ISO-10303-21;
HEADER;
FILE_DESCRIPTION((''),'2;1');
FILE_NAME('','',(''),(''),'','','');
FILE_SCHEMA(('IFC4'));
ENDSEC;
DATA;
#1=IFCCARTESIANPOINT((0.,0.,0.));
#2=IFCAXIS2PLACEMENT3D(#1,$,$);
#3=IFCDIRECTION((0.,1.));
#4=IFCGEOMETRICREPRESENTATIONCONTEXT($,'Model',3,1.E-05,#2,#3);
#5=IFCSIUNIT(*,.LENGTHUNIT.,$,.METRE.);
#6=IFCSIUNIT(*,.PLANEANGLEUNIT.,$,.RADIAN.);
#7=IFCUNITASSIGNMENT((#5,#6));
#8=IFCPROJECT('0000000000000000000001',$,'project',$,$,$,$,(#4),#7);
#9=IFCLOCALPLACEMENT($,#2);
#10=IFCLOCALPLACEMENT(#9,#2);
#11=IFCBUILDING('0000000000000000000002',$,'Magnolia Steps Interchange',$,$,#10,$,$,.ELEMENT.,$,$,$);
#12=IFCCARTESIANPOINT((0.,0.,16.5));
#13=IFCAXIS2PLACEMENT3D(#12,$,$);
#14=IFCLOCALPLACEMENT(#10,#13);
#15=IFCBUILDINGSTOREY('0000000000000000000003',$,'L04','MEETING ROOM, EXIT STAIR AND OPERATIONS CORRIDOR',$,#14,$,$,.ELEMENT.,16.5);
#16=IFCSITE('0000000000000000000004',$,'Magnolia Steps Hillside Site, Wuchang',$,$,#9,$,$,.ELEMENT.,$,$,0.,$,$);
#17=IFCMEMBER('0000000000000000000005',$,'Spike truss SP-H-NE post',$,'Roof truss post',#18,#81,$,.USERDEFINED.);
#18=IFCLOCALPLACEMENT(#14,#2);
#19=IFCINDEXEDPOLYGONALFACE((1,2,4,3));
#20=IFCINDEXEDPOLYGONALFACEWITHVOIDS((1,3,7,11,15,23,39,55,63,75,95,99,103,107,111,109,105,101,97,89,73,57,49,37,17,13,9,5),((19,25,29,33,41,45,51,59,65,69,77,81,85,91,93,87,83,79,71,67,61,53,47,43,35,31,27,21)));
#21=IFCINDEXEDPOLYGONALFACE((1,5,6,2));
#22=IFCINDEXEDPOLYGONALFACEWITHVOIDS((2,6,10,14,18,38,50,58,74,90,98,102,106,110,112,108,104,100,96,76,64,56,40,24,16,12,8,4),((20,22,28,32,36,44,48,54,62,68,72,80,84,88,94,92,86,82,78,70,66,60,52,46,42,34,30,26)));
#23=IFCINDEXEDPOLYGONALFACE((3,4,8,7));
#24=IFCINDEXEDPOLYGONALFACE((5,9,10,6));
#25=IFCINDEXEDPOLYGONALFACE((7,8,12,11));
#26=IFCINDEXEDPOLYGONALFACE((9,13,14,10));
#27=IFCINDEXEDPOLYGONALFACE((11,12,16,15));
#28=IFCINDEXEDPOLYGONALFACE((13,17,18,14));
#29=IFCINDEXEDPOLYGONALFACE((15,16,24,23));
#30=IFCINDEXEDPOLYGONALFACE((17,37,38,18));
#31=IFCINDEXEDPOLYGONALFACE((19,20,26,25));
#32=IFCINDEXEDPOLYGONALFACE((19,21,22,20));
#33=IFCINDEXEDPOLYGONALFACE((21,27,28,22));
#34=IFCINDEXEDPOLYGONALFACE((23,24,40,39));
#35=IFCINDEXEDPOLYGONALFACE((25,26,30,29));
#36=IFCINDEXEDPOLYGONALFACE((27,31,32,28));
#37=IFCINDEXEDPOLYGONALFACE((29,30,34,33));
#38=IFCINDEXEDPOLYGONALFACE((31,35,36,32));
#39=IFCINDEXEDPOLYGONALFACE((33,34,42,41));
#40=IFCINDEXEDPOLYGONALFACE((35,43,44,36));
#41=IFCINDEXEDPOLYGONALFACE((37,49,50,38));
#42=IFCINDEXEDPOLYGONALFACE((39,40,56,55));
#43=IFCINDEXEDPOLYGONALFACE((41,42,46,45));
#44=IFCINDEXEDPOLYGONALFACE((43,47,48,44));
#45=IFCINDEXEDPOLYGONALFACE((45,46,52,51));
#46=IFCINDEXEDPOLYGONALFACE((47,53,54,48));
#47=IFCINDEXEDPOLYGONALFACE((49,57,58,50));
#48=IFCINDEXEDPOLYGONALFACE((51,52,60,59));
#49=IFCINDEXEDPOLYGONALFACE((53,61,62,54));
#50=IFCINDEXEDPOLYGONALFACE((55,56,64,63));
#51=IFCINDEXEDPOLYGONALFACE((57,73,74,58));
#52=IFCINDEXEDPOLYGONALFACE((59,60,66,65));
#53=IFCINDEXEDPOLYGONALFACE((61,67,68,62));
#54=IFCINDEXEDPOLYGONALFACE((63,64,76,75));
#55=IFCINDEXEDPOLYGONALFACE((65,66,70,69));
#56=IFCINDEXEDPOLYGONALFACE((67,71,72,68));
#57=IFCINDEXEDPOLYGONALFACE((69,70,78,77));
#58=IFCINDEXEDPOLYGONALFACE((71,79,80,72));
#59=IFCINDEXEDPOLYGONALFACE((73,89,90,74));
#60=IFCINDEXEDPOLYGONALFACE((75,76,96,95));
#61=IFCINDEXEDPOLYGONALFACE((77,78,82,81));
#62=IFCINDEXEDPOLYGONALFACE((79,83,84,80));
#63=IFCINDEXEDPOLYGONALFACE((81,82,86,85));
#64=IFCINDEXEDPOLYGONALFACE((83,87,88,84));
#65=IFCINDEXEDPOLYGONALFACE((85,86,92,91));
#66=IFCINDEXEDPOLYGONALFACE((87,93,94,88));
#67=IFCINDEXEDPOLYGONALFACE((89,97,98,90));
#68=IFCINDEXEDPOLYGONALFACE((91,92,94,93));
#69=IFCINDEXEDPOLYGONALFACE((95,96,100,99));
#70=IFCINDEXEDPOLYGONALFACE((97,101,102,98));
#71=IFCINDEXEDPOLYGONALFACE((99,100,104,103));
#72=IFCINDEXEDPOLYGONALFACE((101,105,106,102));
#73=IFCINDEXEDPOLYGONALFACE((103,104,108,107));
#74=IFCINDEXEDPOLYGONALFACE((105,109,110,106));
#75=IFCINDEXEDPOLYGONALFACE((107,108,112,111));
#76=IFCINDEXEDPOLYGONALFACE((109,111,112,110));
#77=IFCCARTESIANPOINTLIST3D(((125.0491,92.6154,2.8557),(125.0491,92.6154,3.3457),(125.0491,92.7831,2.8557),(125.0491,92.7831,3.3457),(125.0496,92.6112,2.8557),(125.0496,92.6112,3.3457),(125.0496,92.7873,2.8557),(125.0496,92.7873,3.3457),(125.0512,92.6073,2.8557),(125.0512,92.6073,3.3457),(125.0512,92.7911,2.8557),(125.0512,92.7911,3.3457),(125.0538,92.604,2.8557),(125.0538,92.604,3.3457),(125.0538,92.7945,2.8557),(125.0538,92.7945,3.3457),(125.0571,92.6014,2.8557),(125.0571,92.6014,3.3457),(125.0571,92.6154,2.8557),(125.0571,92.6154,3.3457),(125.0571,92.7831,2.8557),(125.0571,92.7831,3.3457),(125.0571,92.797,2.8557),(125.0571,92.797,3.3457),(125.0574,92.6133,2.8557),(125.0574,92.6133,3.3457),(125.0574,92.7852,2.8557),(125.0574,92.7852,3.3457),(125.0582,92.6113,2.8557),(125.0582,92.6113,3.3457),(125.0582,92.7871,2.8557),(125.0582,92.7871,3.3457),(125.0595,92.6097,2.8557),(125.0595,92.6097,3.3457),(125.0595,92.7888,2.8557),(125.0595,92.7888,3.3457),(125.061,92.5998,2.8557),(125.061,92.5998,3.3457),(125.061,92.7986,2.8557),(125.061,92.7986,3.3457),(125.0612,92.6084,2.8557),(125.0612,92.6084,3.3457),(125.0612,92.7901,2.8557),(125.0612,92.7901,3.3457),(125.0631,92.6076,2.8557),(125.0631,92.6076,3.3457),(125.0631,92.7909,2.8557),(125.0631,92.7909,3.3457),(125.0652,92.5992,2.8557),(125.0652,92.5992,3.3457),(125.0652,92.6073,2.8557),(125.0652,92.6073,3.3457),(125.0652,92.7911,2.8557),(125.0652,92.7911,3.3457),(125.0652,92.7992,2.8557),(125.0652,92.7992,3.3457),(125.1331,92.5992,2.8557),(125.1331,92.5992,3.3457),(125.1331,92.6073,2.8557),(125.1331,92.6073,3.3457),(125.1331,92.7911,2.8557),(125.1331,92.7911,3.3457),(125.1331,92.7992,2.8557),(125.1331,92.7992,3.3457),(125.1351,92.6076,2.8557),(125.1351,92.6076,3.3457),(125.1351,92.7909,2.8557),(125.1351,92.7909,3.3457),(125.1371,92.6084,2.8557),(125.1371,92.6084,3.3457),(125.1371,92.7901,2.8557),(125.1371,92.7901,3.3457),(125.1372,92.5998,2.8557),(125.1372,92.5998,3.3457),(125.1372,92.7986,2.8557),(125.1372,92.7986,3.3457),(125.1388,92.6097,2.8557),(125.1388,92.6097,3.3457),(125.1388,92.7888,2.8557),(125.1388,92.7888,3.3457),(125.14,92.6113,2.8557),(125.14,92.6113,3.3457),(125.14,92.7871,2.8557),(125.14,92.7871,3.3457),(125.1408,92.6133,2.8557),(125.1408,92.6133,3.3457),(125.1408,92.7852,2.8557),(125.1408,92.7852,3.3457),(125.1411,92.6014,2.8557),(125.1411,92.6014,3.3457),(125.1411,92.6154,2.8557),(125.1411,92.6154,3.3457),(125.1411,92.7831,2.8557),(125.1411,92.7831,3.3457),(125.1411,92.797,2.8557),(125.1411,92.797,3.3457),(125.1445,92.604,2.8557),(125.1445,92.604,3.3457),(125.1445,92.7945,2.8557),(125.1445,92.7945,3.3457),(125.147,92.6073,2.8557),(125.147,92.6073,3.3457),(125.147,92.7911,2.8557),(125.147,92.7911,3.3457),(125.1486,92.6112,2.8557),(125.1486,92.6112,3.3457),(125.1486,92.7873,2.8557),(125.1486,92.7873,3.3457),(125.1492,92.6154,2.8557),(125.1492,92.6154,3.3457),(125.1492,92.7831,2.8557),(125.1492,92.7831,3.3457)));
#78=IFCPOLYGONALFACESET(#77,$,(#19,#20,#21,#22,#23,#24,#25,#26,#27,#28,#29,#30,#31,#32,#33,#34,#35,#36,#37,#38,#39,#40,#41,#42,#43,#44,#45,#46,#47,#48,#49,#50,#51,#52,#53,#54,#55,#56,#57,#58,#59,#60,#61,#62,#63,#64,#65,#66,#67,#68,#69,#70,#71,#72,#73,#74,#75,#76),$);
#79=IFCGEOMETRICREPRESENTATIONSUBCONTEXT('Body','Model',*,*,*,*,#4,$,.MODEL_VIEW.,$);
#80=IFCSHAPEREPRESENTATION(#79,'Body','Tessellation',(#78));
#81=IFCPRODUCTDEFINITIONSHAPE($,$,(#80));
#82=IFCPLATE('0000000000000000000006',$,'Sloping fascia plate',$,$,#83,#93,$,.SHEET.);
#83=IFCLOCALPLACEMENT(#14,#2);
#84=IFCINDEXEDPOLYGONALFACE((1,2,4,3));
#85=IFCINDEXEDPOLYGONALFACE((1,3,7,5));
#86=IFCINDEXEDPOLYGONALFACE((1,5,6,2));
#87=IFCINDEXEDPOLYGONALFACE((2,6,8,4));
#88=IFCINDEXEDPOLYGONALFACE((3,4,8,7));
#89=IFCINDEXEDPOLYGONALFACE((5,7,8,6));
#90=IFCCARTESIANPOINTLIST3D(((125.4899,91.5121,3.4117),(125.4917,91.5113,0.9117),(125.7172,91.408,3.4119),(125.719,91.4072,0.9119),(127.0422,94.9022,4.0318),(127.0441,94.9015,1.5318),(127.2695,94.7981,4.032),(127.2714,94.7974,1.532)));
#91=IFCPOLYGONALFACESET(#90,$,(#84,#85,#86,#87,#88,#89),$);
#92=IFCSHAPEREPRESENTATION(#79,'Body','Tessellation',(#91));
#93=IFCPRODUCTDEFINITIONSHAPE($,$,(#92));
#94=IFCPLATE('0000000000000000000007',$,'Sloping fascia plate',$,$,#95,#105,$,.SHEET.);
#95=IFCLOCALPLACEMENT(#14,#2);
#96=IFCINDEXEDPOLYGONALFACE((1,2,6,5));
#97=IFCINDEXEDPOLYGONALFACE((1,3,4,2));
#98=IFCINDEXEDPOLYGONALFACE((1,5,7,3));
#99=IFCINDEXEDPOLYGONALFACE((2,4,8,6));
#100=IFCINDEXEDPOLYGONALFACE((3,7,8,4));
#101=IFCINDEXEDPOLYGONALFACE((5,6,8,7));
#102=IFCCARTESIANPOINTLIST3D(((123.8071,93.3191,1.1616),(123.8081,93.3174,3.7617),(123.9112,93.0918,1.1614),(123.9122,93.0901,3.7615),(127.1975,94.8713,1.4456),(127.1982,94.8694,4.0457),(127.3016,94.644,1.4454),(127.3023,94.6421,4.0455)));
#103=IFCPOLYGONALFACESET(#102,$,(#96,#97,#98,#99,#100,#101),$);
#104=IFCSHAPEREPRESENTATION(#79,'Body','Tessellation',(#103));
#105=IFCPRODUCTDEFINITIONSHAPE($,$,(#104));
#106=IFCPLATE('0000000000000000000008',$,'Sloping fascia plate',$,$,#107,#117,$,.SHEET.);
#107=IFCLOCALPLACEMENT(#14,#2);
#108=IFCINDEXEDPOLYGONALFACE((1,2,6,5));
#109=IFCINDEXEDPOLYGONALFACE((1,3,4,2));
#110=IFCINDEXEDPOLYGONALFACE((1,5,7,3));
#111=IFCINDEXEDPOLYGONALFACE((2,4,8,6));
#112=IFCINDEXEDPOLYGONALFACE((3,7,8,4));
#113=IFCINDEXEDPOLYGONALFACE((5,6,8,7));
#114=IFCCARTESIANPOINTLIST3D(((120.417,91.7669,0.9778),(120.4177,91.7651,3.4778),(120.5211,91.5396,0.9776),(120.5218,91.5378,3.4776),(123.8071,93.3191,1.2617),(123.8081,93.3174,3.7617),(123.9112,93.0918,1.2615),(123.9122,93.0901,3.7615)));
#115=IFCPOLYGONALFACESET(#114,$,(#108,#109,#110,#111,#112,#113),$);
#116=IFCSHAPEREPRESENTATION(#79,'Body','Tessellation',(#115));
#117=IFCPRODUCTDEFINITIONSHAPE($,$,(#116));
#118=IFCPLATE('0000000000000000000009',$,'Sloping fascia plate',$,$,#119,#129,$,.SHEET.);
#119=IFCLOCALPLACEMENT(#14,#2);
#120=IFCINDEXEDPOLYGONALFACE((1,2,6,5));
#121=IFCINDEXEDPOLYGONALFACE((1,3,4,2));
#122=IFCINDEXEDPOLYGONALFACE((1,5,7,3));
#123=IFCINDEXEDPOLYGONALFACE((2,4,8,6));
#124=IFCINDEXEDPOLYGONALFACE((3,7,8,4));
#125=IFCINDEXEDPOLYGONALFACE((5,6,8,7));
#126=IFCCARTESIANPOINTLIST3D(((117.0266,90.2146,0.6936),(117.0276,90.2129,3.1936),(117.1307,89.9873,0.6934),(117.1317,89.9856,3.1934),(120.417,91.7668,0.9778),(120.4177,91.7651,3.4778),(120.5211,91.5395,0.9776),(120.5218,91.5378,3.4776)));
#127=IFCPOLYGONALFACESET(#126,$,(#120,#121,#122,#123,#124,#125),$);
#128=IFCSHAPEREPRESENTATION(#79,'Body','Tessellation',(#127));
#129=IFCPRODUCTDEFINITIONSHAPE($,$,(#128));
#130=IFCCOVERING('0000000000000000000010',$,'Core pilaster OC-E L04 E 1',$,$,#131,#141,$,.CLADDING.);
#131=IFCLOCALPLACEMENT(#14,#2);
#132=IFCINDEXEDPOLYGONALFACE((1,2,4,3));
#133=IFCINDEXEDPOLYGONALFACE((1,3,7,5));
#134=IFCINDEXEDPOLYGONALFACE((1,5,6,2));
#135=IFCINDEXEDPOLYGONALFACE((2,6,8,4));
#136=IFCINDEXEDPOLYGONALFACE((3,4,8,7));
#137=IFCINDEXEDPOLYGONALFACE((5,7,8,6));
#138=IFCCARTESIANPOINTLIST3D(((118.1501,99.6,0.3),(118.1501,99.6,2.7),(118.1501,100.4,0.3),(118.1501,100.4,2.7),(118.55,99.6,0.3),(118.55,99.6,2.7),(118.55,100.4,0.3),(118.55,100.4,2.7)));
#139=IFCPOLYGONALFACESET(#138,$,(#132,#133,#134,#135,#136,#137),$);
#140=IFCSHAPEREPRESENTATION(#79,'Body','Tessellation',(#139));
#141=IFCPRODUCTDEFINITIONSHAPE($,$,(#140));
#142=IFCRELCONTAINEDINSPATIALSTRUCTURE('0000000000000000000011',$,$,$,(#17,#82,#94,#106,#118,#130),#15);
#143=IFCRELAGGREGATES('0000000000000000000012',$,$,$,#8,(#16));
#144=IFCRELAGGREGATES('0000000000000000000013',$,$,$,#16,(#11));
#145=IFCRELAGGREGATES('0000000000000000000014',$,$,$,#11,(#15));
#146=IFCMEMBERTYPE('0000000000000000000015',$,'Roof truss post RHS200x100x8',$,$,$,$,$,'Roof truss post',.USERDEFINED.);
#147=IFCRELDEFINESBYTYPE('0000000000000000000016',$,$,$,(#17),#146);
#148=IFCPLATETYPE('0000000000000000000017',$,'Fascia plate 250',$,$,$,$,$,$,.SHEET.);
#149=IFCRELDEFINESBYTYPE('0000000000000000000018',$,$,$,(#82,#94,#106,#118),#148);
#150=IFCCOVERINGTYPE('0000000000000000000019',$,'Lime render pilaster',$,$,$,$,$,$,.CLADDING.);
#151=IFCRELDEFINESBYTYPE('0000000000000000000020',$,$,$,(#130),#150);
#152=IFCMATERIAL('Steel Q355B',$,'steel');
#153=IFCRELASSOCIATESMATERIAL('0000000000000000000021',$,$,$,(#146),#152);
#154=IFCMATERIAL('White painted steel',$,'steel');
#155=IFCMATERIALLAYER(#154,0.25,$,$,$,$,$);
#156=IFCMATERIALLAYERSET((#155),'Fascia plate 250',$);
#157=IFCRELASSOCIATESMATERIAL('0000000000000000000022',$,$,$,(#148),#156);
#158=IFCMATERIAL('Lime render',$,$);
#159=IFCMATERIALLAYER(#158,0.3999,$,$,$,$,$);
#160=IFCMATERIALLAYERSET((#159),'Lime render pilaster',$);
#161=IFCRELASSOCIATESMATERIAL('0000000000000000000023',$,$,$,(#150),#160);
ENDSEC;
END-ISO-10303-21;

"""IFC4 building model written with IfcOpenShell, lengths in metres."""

from ifc_helpers import new_model, si_unit, direction, frame, origin, origin_2d, place, context, subcontext, project, spatial, polyline, rectangle, hollow_rectangle, outline, extrude, material, layer, layer_set, material_profile, profile_set, type_object, element, save


model = new_model("IFC4")

# Units and contexts
model_context = context("Model", 3, precision=1e-05, world=origin(), true_north=direction((0.0, 1.0)))
body_context = subcontext(model_context, "Body", "Model", "MODEL_VIEW")
ifc_project = project(units=[si_unit("LENGTHUNIT", "METRE"), si_unit("PLANEANGLEUNIT", "RADIAN")], contexts=[model_context])

# Site, building, storey
site_placement = place(None, origin())
site = spatial("IfcSite", under=ifc_project, at=site_placement, Name="Magnolia Steps Hillside Site, Wuchang", CompositionType="ELEMENT", RefElevation=0.0)
building_placement = place(site_placement, origin())
building = spatial("IfcBuilding", under=site, at=building_placement, Name="Magnolia Steps Interchange", CompositionType="ELEMENT")
storey_placement = place(building_placement, frame((0.0, 0.0, 16.5)))
storey = spatial("IfcBuildingStorey", under=building, at=storey_placement, Name="L04", Description="MEETING ROOM, EXIT STAIR AND OPERATIONS CORRIDOR", CompositionType="ELEMENT", Elevation=16.5)

# Member
ifc_material_1 = material(Name="Steel Q355B", Category="steel")
ifc_material_profile_1 = material_profile(ifc_material_1, hollow_rectangle(XDim=0.1001, YDim=0.2, WallThickness=0.0081, InnerFilletRadius=0.0081, OuterFilletRadius=0.0161, at=origin_2d()), Name="RHS200x100x8")
ifc_profile_set_1 = profile_set([ifc_material_profile_1], Name="Steel Q355B")
member_type_1 = type_object("IfcMemberType", Name="Roof truss post RHS200x100x8", ElementType="Roof truss post", PredefinedType="USERDEFINED", material=ifc_profile_set_1)
member_1_placement = place(storey_placement, frame((125.0991, 92.6992, 2.8557), z_axis=(0.0, 0.0, 1.0), x_axis=(1.0, 0.0, 0.0)))
element("IfcMember", 1, at=member_1_placement, inside=storey, type_object=member_type_1, Name="Spike truss SP-H-NE post", ObjectType="Roof truss post", PredefinedType="USERDEFINED", context=body_context, shape_type="SweptSolid", body=[
    extrude(hollow_rectangle(XDim=0.1001, YDim=0.2, WallThickness=0.0081, InnerFilletRadius=0.0081, OuterFilletRadius=0.0161, at=origin_2d()), origin(), (0.0, 0.0, 1.0), 0.49),
])

# Plates
ifc_material_2 = material(Name="White painted steel", Category="steel")
ifc_layer_1 = layer(ifc_material_2, 0.25)
ifc_layer_set_1 = layer_set([ifc_layer_1], Name="Fascia plate 250")
plate_type = type_object("IfcPlateType", Name="Fascia plate 250", PredefinedType="SHEET", material=ifc_layer_set_1)
plate_1_placement = place(storey_placement, frame((125.719, 91.4072, 0.9119), z_axis=(0.909157, -0.416454, 0.000788), x_axis=(0.410694, 0.896893, 0.164056)))
element("IfcPlate", 2, at=plate_1_placement, inside=storey, type_object=plate_type, Name="Sloping fascia plate", PredefinedType="SHEET", context=body_context, shape_type="SweptSolid", body=[
    extrude(outline(polyline([(0.0, 0.0), (3.7799, 0.0), (4.1899, 2.4662), (0.4101, 2.4661), (0.0, 0.0)])), origin(), (0.0, 0.0, -1.0), 0.25),
])
plate_2_placement = place(storey_placement, frame((127.1975, 94.8713, 1.4456), z_axis=(-0.416322, 0.909217, 0.000777), x_axis=(-0.906617, -0.415066, -0.075926)))
element("IfcPlate", 3, at=plate_2_placement, inside=storey, type_object=plate_type, Name="Sloping fascia plate", PredefinedType="SHEET", context=body_context, shape_type="SweptSolid", body=[
    extrude(outline(polyline([(0.0, 0.0), (3.7396, 0.0), (3.542, 2.5926), (-0.1973, 2.5926), (0.0, 0.0)])), origin(), (0.0, 0.0, -1.0), 0.25),
])
plate_3_placement = place(storey_placement, frame((123.8071, 93.3191, 1.2617), z_axis=(-0.416348, 0.909205, 0.000764), x_axis=(-0.906605, -0.415093, -0.075931)))
element("IfcPlate", 4, at=plate_3_placement, inside=storey, type_object=plate_type, Name="Sloping fascia plate", PredefinedType="SHEET", context=body_context, shape_type="SweptSolid", body=[
    extrude(outline(polyline([(0.0, 0.0), (3.7394, 0.0), (3.5496, 2.4928), (-0.19, 2.4928), (0.0, 0.0)])), origin(), (0.0, 0.0, -1.0), 0.25),
])
plate_4_placement = place(storey_placement, frame((120.417, 91.7668, 0.9778), z_axis=(-0.416348, 0.909205, 0.000764), x_axis=(-0.906601, -0.415091, -0.075991)))
element("IfcPlate", 5, at=plate_4_placement, inside=storey, type_object=plate_type, Name="Sloping fascia plate", PredefinedType="SHEET", context=body_context, shape_type="SweptSolid", body=[
    extrude(outline(polyline([(0.0, 0.0), (3.7396, 0.0), (3.5495, 2.4928), (-0.1899, 2.4928), (0.0, 0.0)])), origin(), (0.0, 0.0, -1.0), 0.25),
])

# Covering
ifc_material_3 = material(Name="Lime render")
ifc_layer_2 = layer(ifc_material_3, 0.3999)
ifc_layer_set_2 = layer_set([ifc_layer_2], Name="Lime render pilaster")
covering_type = type_object("IfcCoveringType", Name="Lime render pilaster", PredefinedType="CLADDING", material=ifc_layer_set_2)
covering_placement = place(storey_placement, frame((118.3501, 100.0, 0.3), z_axis=(0.0, 0.0, 1.0), x_axis=(1.0, 0.0, 0.0)))
element("IfcCovering", 6, at=covering_placement, inside=storey, type_object=covering_type, Name="Core pilaster OC-E L04 E 1", PredefinedType="CLADDING", context=body_context, shape_type="SweptSolid", body=[
    extrude(rectangle(XDim=0.3999, YDim=0.8, at=origin_2d()), origin(), (0.0, 0.0, 1.0), 2.3999),
])

save(model, "model.ifc")
